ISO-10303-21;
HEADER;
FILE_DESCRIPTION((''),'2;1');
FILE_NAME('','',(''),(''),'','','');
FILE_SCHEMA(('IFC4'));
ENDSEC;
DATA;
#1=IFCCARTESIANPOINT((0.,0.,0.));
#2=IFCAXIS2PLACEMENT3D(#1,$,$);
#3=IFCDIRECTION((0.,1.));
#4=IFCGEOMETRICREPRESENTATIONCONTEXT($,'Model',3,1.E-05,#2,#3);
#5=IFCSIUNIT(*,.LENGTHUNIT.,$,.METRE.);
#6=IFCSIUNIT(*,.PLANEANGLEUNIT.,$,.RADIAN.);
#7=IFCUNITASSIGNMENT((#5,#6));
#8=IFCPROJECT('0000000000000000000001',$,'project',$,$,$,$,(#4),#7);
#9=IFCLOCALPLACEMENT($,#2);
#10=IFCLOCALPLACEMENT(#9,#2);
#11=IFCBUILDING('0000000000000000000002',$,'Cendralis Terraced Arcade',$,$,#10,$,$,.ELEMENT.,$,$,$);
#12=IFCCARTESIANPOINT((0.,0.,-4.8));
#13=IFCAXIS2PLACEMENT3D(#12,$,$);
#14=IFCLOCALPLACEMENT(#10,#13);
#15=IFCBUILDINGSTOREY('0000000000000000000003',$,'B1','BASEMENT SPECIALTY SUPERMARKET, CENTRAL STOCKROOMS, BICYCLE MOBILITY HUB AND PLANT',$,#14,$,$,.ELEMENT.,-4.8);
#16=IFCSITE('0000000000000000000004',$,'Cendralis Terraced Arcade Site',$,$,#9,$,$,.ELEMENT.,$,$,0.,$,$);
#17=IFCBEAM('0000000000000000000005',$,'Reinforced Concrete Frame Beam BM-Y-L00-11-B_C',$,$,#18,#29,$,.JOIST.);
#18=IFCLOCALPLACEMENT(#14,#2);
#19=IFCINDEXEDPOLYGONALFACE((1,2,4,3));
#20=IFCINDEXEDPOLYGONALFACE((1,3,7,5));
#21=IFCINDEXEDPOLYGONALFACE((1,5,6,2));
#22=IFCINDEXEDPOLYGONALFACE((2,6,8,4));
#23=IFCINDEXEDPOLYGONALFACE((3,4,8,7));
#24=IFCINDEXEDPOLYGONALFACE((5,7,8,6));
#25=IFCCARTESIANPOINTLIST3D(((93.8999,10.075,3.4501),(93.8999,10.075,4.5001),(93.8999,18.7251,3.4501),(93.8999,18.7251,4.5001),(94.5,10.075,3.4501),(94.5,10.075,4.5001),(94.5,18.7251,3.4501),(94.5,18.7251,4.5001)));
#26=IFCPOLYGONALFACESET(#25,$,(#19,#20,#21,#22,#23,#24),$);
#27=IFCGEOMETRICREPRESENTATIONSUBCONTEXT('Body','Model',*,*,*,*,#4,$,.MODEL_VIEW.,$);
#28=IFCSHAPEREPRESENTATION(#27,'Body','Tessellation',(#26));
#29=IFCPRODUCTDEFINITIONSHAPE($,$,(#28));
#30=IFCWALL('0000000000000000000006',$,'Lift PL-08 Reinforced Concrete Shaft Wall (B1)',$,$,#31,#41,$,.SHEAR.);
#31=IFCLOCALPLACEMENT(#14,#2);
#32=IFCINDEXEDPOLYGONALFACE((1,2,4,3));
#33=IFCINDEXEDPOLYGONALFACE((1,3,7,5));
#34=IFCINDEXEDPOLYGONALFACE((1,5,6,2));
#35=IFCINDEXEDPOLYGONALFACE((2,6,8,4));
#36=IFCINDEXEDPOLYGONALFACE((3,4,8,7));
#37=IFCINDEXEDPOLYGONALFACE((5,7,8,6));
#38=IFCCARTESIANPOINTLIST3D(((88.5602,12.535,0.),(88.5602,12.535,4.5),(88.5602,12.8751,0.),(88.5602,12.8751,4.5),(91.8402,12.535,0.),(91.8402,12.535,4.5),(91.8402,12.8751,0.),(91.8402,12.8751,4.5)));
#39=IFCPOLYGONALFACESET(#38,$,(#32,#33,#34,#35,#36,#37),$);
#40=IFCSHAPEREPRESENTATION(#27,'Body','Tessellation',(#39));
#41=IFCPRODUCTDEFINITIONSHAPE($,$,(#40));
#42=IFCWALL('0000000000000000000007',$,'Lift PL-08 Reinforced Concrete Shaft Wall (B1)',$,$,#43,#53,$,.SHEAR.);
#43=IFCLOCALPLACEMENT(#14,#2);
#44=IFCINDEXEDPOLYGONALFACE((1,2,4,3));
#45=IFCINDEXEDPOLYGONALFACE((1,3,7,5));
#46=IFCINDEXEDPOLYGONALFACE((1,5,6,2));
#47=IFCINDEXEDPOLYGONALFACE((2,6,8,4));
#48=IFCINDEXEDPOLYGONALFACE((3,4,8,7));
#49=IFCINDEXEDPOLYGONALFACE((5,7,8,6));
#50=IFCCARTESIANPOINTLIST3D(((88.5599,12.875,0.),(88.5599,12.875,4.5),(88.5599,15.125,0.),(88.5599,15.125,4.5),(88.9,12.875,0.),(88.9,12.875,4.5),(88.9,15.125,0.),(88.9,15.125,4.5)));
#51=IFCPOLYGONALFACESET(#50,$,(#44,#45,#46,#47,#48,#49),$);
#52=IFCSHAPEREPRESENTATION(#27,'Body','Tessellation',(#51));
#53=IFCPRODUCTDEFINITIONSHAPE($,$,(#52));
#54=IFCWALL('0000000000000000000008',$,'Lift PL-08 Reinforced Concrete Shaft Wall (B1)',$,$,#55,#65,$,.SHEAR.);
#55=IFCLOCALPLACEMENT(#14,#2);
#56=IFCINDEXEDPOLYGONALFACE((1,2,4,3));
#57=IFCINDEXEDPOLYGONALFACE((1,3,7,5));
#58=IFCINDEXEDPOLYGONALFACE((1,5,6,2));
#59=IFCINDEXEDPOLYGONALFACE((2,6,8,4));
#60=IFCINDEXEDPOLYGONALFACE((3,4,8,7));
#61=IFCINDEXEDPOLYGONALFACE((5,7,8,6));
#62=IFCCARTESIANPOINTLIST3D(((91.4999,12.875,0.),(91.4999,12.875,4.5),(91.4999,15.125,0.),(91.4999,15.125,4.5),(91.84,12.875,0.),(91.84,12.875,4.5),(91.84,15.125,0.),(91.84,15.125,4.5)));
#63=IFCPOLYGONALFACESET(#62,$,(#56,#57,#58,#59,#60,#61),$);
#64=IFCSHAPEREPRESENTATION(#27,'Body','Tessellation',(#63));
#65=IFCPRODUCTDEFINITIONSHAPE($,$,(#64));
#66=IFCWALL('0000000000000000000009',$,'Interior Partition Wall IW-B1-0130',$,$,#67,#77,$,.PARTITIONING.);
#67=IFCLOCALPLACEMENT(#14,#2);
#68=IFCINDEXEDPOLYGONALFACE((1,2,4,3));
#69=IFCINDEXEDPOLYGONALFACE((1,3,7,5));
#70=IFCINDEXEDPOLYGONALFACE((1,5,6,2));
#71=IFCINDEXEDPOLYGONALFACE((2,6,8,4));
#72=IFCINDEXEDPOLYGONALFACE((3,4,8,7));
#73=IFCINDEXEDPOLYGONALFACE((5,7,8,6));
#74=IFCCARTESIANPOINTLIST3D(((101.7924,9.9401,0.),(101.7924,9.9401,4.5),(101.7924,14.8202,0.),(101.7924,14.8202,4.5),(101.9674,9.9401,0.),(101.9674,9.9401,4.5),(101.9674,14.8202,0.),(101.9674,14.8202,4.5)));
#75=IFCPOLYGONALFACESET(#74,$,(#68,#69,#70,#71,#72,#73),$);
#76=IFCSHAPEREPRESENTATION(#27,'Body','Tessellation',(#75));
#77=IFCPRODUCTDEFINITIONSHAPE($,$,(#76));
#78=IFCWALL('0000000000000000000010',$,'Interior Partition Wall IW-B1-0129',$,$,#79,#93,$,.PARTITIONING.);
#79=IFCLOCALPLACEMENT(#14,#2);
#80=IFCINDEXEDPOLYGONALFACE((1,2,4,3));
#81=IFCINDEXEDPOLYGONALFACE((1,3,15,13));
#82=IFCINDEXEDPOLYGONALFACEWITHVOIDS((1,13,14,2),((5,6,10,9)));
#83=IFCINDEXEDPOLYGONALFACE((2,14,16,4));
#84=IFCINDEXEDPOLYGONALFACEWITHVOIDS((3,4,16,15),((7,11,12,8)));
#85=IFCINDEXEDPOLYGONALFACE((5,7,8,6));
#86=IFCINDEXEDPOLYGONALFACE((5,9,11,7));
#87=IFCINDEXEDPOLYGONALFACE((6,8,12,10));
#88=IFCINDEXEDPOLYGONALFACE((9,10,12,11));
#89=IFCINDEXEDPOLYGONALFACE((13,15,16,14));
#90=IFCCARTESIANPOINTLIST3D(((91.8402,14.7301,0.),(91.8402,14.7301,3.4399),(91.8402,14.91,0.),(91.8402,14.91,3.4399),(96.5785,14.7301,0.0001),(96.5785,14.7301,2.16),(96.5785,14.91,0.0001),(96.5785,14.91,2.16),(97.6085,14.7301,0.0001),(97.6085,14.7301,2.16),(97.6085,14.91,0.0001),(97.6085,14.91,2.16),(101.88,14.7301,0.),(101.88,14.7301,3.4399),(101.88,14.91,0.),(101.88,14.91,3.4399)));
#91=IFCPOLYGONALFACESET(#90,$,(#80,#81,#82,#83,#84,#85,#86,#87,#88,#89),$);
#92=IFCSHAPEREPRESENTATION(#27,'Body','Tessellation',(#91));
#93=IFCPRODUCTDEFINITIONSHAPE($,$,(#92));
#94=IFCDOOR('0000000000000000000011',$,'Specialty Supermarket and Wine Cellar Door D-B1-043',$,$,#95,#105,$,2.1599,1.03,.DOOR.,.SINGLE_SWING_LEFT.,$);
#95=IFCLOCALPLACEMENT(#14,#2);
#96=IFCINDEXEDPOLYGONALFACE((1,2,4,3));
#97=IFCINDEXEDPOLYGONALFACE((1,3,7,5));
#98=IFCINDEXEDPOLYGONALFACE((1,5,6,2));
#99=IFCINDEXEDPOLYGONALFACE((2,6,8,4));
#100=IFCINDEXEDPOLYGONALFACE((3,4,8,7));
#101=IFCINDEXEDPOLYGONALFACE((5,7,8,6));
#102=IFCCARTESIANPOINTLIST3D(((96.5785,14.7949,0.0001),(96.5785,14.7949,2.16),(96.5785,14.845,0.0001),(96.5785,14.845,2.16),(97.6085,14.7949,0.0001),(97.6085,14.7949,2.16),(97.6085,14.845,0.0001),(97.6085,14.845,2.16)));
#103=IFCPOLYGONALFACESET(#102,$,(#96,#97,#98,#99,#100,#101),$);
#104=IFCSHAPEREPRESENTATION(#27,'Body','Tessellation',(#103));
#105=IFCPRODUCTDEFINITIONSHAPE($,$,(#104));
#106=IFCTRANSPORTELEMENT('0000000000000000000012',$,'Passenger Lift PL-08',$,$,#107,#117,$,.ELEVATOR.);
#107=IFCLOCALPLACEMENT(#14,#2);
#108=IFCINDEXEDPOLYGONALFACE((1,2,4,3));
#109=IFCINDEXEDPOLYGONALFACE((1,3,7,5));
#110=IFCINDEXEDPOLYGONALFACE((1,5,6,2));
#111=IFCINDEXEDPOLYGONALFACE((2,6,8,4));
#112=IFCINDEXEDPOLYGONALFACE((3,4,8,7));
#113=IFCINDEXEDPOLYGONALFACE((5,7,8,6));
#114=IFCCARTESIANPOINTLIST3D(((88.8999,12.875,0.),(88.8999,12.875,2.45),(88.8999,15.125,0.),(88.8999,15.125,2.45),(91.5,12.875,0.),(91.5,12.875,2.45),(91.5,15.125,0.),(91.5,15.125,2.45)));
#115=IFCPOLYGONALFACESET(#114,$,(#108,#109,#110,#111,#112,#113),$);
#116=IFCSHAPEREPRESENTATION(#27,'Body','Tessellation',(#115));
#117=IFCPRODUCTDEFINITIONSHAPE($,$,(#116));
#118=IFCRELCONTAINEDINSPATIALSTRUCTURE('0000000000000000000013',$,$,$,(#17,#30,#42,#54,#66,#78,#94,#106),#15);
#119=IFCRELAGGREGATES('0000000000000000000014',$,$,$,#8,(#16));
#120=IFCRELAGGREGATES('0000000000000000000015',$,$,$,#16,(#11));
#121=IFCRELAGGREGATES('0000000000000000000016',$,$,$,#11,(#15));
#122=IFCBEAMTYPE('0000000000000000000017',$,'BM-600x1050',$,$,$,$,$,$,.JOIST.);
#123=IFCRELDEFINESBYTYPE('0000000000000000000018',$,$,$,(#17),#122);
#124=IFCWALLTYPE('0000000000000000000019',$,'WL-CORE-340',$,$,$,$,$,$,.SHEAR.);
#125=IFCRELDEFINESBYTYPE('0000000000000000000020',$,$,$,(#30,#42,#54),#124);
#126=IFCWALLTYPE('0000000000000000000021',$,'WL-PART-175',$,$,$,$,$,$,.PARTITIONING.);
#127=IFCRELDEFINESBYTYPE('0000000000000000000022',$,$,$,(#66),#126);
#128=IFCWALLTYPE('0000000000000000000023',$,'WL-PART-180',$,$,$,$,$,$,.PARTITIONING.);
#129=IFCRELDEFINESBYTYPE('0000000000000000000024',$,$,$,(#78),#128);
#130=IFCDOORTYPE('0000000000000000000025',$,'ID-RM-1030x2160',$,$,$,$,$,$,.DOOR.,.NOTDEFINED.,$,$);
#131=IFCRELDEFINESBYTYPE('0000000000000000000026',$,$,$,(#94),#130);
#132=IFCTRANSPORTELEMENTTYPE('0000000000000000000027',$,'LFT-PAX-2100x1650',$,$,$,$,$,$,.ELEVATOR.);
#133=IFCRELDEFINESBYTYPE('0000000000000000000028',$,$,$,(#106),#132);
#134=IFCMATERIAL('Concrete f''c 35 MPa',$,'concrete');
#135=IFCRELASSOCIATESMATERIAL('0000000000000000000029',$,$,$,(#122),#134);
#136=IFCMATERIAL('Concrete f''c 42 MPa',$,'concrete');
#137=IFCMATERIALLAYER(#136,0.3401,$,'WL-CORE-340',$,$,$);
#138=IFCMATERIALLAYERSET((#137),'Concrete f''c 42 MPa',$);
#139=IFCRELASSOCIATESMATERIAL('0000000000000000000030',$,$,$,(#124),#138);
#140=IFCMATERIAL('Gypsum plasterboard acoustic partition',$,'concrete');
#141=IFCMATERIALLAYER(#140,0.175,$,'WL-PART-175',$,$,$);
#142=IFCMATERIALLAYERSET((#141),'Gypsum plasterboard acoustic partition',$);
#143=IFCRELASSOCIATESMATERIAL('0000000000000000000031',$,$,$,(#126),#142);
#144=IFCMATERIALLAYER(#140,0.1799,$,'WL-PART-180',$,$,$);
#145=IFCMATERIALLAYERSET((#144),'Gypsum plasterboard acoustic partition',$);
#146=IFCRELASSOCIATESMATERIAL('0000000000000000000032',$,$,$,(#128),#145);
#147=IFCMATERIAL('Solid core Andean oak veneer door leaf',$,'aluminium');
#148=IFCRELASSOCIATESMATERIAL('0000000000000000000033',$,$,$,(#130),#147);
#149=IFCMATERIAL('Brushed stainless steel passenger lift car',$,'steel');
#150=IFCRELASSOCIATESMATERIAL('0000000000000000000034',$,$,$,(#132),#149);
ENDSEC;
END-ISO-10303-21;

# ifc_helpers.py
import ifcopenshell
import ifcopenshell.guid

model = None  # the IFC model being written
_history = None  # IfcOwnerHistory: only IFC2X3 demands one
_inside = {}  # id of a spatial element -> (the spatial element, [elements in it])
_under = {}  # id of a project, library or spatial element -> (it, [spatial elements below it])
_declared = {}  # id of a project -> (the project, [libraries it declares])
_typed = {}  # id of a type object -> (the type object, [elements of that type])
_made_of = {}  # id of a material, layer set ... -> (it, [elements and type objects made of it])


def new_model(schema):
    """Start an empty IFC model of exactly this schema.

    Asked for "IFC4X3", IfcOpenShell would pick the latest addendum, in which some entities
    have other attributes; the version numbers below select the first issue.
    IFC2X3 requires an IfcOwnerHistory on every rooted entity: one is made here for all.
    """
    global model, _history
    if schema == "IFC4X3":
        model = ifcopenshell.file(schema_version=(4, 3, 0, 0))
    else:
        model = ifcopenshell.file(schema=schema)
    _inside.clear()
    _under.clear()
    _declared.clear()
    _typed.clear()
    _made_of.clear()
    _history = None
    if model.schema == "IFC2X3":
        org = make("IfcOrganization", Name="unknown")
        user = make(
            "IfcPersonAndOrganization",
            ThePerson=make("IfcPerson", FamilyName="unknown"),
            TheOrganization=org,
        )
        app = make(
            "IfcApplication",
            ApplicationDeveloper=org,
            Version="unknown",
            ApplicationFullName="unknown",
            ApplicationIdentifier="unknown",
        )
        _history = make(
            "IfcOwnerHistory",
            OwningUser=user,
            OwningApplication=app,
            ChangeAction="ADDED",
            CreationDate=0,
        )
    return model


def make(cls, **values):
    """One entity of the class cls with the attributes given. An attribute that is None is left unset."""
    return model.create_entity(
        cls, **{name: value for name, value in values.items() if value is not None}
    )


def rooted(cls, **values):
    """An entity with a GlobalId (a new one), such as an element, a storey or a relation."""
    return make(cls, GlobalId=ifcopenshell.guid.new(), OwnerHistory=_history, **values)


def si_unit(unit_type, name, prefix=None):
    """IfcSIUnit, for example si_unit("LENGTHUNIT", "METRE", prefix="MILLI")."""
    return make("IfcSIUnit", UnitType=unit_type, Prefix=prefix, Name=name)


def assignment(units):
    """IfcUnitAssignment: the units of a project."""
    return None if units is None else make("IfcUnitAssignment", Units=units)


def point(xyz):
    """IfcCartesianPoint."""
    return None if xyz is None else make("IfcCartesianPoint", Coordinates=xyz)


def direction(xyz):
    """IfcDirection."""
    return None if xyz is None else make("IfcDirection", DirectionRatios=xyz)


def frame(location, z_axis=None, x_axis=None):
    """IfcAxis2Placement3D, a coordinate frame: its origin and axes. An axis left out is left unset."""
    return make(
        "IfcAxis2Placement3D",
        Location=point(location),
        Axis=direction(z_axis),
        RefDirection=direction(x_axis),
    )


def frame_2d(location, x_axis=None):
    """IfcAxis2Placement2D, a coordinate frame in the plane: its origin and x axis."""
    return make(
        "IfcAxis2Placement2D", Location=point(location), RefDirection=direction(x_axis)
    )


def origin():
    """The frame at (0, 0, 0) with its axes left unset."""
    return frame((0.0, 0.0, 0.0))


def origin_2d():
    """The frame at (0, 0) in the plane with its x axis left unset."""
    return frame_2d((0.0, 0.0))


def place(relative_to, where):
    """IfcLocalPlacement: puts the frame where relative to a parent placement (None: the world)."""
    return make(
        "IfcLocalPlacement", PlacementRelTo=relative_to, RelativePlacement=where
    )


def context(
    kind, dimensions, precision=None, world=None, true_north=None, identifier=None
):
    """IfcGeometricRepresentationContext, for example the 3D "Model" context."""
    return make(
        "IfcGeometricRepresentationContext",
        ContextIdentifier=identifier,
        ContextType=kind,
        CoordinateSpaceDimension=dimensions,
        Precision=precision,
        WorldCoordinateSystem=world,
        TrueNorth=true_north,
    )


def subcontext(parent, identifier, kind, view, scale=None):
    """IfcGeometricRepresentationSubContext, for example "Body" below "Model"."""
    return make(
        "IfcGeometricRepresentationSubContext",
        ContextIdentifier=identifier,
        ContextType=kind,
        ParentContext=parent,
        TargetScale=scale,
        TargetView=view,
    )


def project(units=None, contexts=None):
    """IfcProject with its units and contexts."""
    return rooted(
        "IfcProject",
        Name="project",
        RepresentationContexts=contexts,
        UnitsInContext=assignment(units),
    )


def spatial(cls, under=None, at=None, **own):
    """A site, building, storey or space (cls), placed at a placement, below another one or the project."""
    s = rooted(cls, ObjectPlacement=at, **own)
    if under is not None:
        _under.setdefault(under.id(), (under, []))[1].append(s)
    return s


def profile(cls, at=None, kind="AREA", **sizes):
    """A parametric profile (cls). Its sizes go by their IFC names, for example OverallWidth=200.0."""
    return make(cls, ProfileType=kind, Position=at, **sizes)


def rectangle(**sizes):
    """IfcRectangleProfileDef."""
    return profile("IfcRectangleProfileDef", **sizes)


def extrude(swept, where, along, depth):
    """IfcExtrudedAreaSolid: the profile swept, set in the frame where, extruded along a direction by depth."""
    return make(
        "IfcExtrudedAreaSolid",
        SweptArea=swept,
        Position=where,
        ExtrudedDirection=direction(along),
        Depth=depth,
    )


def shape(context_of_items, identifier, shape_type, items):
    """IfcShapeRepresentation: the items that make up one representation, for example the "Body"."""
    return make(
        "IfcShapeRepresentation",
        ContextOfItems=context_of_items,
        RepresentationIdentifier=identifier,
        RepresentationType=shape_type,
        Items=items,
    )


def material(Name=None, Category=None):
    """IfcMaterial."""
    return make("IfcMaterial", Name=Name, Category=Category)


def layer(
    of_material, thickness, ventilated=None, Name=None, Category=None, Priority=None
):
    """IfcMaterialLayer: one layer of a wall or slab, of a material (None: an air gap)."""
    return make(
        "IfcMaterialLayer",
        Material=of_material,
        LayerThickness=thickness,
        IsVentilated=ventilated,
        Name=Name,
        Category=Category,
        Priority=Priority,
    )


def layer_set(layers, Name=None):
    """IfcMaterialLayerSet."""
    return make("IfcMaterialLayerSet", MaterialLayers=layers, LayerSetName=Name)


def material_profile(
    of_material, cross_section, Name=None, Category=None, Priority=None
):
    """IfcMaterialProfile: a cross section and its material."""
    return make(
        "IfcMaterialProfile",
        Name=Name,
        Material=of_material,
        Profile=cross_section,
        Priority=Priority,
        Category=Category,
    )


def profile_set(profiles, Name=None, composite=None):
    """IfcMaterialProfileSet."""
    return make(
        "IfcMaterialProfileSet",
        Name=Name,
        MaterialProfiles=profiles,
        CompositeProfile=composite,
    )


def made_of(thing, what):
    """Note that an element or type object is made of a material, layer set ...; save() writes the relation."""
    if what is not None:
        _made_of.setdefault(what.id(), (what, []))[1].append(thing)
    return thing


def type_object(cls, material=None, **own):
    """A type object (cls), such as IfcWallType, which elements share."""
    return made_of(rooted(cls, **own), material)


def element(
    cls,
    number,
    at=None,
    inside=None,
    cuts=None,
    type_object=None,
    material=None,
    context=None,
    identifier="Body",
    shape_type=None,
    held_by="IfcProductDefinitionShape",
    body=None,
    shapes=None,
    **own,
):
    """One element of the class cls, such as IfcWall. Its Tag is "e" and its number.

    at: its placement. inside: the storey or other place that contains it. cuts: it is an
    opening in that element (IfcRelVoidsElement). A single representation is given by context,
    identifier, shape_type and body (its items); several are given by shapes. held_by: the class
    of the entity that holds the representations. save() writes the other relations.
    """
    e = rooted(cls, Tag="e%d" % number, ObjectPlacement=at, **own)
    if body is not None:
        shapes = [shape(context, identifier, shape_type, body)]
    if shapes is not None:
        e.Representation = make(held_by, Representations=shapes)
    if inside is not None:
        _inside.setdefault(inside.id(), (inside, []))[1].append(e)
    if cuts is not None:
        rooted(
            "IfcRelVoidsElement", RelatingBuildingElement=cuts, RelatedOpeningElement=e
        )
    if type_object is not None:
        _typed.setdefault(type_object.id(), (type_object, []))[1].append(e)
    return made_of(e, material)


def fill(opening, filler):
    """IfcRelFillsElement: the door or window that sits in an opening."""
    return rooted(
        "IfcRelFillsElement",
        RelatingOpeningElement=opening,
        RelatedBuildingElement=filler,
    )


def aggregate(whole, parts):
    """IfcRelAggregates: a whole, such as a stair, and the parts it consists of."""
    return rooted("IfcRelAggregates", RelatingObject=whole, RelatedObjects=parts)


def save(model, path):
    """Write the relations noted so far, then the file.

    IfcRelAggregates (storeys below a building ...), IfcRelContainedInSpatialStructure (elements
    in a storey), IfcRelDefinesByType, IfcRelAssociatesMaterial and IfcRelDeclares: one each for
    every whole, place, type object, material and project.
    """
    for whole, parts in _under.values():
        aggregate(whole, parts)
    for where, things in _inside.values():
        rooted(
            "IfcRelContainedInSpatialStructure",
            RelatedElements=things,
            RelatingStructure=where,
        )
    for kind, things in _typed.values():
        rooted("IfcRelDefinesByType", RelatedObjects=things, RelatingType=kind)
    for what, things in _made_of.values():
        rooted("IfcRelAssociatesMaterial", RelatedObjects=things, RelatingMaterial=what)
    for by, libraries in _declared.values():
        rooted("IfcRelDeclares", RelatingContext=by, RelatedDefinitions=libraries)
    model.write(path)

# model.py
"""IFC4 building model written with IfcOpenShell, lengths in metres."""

from ifc_helpers import new_model, si_unit, direction, frame, frame_2d, origin, origin_2d, place, context, subcontext, project, spatial, rectangle, extrude, material, layer, layer_set, material_profile, profile_set, type_object, element, fill, save


model = new_model("IFC4")

# Units and contexts
model_context = context("Model", 3, precision=1e-05, world=origin(), true_north=direction((0.0, 1.0)))
body_context = subcontext(model_context, "Body", "Model", "MODEL_VIEW")
ifc_project = project(units=[si_unit("LENGTHUNIT", "METRE"), si_unit("PLANEANGLEUNIT", "RADIAN")], contexts=[model_context])

# Site, building, storey
site_placement = place(None, origin())
site = spatial("IfcSite", under=ifc_project, at=site_placement, Name="Cendralis Terraced Arcade Site", CompositionType="ELEMENT", RefElevation=0.0)
building_placement = place(site_placement, origin())
building = spatial("IfcBuilding", under=site, at=building_placement, Name="Cendralis Terraced Arcade", CompositionType="ELEMENT")
storey_placement = place(building_placement, frame((0.0, 0.0, -4.8)))
storey = spatial("IfcBuildingStorey", under=building, at=storey_placement, Name="B1", Description="BASEMENT SPECIALTY SUPERMARKET, CENTRAL STOCKROOMS, BICYCLE MOBILITY HUB AND PLANT", CompositionType="ELEMENT", Elevation=-4.8)

# Shared definitions
ifc_material_1 = material(Name="Concrete f'c 35 MPa", Category="concrete")

# Shared definitions
ifc_material_2 = material(Name="Concrete f'c 42 MPa", Category="concrete")

# Beam
ifc_material_profile_1 = material_profile(ifc_material_1, rectangle(XDim=0.6001, YDim=1.05, at=origin_2d()), Name="RC-BM-600x1050", Category="LoadBearing")
ifc_profile_set_1 = profile_set([ifc_material_profile_1], Name="Concrete f'c 35 MPa")
beam_type = type_object("IfcBeamType", Name="BM-600x1050", PredefinedType="JOIST", material=ifc_profile_set_1)
beam_placement = place(storey_placement, frame((94.2, 10.075, 3.9751), z_axis=(0.0, 1.0, 0.0), x_axis=(-1.0, 0.0, 0.0)))
element("IfcBeam", 1, at=beam_placement, inside=storey, type_object=beam_type, Name="Reinforced Concrete Frame Beam BM-Y-L00-11-B_C", PredefinedType="JOIST", context=body_context, shape_type="SweptSolid", body=[
    extrude(rectangle(XDim=0.6001, YDim=1.05, at=origin_2d()), origin(), (0.0, 0.0, 1.0), 8.6501),
])

# Walls
ifc_layer_1 = layer(ifc_material_2, 0.3401, Name="WL-CORE-340")
ifc_layer_set_1 = layer_set([ifc_layer_1], Name="Concrete f'c 42 MPa")
wall_type_1 = type_object("IfcWallType", Name="WL-CORE-340", PredefinedType="SHEAR", material=ifc_layer_set_1)
wall_1_placement = place(storey_placement, frame((88.5601, 12.7051, 0.0), z_axis=(0.0, 0.0, 1.0), x_axis=(1.0, 0.0, 0.0)))
element("IfcWall", 2, at=wall_1_placement, inside=storey, type_object=wall_type_1, Name="Lift PL-08 Reinforced Concrete Shaft Wall (B1)", PredefinedType="SHEAR", context=body_context, shape_type="SweptSolid", body=[
    extrude(rectangle(XDim=3.28, YDim=0.3401, at=frame_2d((1.6401, 0.0))), origin(), (0.0, 0.0, 1.0), 4.5),
])
for number, where, z_axis, x_axis, name in (
    (3, (88.73, 12.875, 0.0), (0.0, 0.0, 1.0), (0.0, 1.0, 0.0), "Lift PL-08 Reinforced Concrete Shaft Wall (B1)"),
    (4, (91.6699, 12.875, 0.0), (0.0, 0.0, 1.0), (0.0, 1.0, 0.0), "Lift PL-08 Reinforced Concrete Shaft Wall (B1)"),
):
    element("IfcWall", number, at=place(storey_placement, frame(where, z_axis=z_axis, x_axis=x_axis)), inside=storey, type_object=wall_type_1, Name=name, PredefinedType="SHEAR", context=body_context, shape_type="SweptSolid", body=[
        extrude(rectangle(XDim=2.25, YDim=0.3401, at=frame_2d((1.125, 0.0))), origin(), (0.0, 0.0, 1.0), 4.5),
    ])
ifc_material_3 = material(Name="Gypsum plasterboard acoustic partition", Category="concrete")
ifc_layer_2 = layer(ifc_material_3, 0.175, Name="WL-PART-175")
ifc_layer_set_2 = layer_set([ifc_layer_2], Name="Gypsum plasterboard acoustic partition")
wall_type_2 = type_object("IfcWallType", Name="WL-PART-175", PredefinedType="PARTITIONING", material=ifc_layer_set_2)
wall_2_placement = place(storey_placement, frame((101.8799, 14.8201, 0.0), z_axis=(0.0, 0.0, 1.0), x_axis=(0.0, -1.0, 0.0)))
element("IfcWall", 5, at=wall_2_placement, inside=storey, type_object=wall_type_2, Name="Interior Partition Wall IW-B1-0130", PredefinedType="PARTITIONING", context=body_context, shape_type="SweptSolid", body=[
    extrude(rectangle(XDim=4.8801, YDim=0.175, at=frame_2d((2.4399, 0.0))), origin(), (0.0, 0.0, 1.0), 4.5),
])

# Wall, opening, door
ifc_layer_3 = layer(ifc_material_3, 0.1799, Name="WL-PART-180")
ifc_layer_set_3 = layer_set([ifc_layer_3], Name="Gypsum plasterboard acoustic partition")
wall_type_3 = type_object("IfcWallType", Name="WL-PART-180", PredefinedType="PARTITIONING", material=ifc_layer_set_3)
wall_3_placement = place(storey_placement, frame((91.8401, 14.8201, 0.0), z_axis=(0.0, 0.0, 1.0), x_axis=(1.0, 0.0, 0.0)))
wall_3 = element("IfcWall", 6, at=wall_3_placement, inside=storey, type_object=wall_type_3, Name="Interior Partition Wall IW-B1-0129", PredefinedType="PARTITIONING", context=body_context, shape_type="SweptSolid", body=[
    extrude(rectangle(XDim=10.0398, YDim=0.1799, at=frame_2d((5.02, 0.0))), origin(), (0.0, 0.0, 1.0), 3.4399),
])
opening_placement = place(wall_3_placement, frame((4.7383, 0.0, 0.0)))
opening = element("IfcOpeningElement", 7, at=opening_placement, cuts=wall_3, PredefinedType="OPENING", context=body_context, shape_type="SweptSolid", body=[
    extrude(rectangle(XDim=1.03, YDim=2.1599, at=frame_2d((0.5151, 1.0801))), frame((0.0, 0.1021, 0.0), z_axis=(0.0, -1.0, 0.0), x_axis=(1.0, 0.0, 0.0)), (0.0, 0.0, 1.0), 0.2039),
])
ifc_material_4 = material(Name="Solid core Andean oak veneer door leaf", Category="aluminium")
door_type = type_object("IfcDoorType", Name="ID-RM-1030x2160", OperationType="NOTDEFINED", PredefinedType="DOOR", material=ifc_material_4)
door_placement = place(opening_placement, origin())
door = element("IfcDoor", 8, at=door_placement, inside=storey, type_object=door_type, Name="Specialty Supermarket and Wine Cellar Door D-B1-043", OperationType="SINGLE_SWING_LEFT", OverallHeight=2.1599, OverallWidth=1.03, PredefinedType="DOOR", context=body_context, shape_type="SweptSolid", body=[
    extrude(rectangle(XDim=1.03, YDim=2.1599, at=frame_2d((0.5151, 1.0801))), frame((0.0, 0.0249, 0.0), z_axis=(0.0, -1.0, 0.0), x_axis=(1.0, 0.0, 0.0)), (0.0, 0.0, 1.0), 0.05),
])
fill(opening, door)

# Transport element
ifc_material_5 = material(Name="Brushed stainless steel passenger lift car", Category="steel")
transport_element_type = type_object("IfcTransportElementType", Name="LFT-PAX-2100x1650", PredefinedType="ELEVATOR", material=ifc_material_5)
transport_element_placement = place(storey_placement, frame((90.2, 14.0, 0.0), z_axis=(0.0, 0.0, 1.0), x_axis=(1.0, 0.0, 0.0)))
element("IfcTransportElement", 9, at=transport_element_placement, inside=storey, type_object=transport_element_type, Name="Passenger Lift PL-08", PredefinedType="ELEVATOR", context=body_context, shape_type="SweptSolid", body=[
    extrude(rectangle(XDim=2.6001, YDim=2.25, at=origin_2d()), origin(), (0.0, 0.0, 1.0), 2.45),
])

save(model, "model.ifc")
